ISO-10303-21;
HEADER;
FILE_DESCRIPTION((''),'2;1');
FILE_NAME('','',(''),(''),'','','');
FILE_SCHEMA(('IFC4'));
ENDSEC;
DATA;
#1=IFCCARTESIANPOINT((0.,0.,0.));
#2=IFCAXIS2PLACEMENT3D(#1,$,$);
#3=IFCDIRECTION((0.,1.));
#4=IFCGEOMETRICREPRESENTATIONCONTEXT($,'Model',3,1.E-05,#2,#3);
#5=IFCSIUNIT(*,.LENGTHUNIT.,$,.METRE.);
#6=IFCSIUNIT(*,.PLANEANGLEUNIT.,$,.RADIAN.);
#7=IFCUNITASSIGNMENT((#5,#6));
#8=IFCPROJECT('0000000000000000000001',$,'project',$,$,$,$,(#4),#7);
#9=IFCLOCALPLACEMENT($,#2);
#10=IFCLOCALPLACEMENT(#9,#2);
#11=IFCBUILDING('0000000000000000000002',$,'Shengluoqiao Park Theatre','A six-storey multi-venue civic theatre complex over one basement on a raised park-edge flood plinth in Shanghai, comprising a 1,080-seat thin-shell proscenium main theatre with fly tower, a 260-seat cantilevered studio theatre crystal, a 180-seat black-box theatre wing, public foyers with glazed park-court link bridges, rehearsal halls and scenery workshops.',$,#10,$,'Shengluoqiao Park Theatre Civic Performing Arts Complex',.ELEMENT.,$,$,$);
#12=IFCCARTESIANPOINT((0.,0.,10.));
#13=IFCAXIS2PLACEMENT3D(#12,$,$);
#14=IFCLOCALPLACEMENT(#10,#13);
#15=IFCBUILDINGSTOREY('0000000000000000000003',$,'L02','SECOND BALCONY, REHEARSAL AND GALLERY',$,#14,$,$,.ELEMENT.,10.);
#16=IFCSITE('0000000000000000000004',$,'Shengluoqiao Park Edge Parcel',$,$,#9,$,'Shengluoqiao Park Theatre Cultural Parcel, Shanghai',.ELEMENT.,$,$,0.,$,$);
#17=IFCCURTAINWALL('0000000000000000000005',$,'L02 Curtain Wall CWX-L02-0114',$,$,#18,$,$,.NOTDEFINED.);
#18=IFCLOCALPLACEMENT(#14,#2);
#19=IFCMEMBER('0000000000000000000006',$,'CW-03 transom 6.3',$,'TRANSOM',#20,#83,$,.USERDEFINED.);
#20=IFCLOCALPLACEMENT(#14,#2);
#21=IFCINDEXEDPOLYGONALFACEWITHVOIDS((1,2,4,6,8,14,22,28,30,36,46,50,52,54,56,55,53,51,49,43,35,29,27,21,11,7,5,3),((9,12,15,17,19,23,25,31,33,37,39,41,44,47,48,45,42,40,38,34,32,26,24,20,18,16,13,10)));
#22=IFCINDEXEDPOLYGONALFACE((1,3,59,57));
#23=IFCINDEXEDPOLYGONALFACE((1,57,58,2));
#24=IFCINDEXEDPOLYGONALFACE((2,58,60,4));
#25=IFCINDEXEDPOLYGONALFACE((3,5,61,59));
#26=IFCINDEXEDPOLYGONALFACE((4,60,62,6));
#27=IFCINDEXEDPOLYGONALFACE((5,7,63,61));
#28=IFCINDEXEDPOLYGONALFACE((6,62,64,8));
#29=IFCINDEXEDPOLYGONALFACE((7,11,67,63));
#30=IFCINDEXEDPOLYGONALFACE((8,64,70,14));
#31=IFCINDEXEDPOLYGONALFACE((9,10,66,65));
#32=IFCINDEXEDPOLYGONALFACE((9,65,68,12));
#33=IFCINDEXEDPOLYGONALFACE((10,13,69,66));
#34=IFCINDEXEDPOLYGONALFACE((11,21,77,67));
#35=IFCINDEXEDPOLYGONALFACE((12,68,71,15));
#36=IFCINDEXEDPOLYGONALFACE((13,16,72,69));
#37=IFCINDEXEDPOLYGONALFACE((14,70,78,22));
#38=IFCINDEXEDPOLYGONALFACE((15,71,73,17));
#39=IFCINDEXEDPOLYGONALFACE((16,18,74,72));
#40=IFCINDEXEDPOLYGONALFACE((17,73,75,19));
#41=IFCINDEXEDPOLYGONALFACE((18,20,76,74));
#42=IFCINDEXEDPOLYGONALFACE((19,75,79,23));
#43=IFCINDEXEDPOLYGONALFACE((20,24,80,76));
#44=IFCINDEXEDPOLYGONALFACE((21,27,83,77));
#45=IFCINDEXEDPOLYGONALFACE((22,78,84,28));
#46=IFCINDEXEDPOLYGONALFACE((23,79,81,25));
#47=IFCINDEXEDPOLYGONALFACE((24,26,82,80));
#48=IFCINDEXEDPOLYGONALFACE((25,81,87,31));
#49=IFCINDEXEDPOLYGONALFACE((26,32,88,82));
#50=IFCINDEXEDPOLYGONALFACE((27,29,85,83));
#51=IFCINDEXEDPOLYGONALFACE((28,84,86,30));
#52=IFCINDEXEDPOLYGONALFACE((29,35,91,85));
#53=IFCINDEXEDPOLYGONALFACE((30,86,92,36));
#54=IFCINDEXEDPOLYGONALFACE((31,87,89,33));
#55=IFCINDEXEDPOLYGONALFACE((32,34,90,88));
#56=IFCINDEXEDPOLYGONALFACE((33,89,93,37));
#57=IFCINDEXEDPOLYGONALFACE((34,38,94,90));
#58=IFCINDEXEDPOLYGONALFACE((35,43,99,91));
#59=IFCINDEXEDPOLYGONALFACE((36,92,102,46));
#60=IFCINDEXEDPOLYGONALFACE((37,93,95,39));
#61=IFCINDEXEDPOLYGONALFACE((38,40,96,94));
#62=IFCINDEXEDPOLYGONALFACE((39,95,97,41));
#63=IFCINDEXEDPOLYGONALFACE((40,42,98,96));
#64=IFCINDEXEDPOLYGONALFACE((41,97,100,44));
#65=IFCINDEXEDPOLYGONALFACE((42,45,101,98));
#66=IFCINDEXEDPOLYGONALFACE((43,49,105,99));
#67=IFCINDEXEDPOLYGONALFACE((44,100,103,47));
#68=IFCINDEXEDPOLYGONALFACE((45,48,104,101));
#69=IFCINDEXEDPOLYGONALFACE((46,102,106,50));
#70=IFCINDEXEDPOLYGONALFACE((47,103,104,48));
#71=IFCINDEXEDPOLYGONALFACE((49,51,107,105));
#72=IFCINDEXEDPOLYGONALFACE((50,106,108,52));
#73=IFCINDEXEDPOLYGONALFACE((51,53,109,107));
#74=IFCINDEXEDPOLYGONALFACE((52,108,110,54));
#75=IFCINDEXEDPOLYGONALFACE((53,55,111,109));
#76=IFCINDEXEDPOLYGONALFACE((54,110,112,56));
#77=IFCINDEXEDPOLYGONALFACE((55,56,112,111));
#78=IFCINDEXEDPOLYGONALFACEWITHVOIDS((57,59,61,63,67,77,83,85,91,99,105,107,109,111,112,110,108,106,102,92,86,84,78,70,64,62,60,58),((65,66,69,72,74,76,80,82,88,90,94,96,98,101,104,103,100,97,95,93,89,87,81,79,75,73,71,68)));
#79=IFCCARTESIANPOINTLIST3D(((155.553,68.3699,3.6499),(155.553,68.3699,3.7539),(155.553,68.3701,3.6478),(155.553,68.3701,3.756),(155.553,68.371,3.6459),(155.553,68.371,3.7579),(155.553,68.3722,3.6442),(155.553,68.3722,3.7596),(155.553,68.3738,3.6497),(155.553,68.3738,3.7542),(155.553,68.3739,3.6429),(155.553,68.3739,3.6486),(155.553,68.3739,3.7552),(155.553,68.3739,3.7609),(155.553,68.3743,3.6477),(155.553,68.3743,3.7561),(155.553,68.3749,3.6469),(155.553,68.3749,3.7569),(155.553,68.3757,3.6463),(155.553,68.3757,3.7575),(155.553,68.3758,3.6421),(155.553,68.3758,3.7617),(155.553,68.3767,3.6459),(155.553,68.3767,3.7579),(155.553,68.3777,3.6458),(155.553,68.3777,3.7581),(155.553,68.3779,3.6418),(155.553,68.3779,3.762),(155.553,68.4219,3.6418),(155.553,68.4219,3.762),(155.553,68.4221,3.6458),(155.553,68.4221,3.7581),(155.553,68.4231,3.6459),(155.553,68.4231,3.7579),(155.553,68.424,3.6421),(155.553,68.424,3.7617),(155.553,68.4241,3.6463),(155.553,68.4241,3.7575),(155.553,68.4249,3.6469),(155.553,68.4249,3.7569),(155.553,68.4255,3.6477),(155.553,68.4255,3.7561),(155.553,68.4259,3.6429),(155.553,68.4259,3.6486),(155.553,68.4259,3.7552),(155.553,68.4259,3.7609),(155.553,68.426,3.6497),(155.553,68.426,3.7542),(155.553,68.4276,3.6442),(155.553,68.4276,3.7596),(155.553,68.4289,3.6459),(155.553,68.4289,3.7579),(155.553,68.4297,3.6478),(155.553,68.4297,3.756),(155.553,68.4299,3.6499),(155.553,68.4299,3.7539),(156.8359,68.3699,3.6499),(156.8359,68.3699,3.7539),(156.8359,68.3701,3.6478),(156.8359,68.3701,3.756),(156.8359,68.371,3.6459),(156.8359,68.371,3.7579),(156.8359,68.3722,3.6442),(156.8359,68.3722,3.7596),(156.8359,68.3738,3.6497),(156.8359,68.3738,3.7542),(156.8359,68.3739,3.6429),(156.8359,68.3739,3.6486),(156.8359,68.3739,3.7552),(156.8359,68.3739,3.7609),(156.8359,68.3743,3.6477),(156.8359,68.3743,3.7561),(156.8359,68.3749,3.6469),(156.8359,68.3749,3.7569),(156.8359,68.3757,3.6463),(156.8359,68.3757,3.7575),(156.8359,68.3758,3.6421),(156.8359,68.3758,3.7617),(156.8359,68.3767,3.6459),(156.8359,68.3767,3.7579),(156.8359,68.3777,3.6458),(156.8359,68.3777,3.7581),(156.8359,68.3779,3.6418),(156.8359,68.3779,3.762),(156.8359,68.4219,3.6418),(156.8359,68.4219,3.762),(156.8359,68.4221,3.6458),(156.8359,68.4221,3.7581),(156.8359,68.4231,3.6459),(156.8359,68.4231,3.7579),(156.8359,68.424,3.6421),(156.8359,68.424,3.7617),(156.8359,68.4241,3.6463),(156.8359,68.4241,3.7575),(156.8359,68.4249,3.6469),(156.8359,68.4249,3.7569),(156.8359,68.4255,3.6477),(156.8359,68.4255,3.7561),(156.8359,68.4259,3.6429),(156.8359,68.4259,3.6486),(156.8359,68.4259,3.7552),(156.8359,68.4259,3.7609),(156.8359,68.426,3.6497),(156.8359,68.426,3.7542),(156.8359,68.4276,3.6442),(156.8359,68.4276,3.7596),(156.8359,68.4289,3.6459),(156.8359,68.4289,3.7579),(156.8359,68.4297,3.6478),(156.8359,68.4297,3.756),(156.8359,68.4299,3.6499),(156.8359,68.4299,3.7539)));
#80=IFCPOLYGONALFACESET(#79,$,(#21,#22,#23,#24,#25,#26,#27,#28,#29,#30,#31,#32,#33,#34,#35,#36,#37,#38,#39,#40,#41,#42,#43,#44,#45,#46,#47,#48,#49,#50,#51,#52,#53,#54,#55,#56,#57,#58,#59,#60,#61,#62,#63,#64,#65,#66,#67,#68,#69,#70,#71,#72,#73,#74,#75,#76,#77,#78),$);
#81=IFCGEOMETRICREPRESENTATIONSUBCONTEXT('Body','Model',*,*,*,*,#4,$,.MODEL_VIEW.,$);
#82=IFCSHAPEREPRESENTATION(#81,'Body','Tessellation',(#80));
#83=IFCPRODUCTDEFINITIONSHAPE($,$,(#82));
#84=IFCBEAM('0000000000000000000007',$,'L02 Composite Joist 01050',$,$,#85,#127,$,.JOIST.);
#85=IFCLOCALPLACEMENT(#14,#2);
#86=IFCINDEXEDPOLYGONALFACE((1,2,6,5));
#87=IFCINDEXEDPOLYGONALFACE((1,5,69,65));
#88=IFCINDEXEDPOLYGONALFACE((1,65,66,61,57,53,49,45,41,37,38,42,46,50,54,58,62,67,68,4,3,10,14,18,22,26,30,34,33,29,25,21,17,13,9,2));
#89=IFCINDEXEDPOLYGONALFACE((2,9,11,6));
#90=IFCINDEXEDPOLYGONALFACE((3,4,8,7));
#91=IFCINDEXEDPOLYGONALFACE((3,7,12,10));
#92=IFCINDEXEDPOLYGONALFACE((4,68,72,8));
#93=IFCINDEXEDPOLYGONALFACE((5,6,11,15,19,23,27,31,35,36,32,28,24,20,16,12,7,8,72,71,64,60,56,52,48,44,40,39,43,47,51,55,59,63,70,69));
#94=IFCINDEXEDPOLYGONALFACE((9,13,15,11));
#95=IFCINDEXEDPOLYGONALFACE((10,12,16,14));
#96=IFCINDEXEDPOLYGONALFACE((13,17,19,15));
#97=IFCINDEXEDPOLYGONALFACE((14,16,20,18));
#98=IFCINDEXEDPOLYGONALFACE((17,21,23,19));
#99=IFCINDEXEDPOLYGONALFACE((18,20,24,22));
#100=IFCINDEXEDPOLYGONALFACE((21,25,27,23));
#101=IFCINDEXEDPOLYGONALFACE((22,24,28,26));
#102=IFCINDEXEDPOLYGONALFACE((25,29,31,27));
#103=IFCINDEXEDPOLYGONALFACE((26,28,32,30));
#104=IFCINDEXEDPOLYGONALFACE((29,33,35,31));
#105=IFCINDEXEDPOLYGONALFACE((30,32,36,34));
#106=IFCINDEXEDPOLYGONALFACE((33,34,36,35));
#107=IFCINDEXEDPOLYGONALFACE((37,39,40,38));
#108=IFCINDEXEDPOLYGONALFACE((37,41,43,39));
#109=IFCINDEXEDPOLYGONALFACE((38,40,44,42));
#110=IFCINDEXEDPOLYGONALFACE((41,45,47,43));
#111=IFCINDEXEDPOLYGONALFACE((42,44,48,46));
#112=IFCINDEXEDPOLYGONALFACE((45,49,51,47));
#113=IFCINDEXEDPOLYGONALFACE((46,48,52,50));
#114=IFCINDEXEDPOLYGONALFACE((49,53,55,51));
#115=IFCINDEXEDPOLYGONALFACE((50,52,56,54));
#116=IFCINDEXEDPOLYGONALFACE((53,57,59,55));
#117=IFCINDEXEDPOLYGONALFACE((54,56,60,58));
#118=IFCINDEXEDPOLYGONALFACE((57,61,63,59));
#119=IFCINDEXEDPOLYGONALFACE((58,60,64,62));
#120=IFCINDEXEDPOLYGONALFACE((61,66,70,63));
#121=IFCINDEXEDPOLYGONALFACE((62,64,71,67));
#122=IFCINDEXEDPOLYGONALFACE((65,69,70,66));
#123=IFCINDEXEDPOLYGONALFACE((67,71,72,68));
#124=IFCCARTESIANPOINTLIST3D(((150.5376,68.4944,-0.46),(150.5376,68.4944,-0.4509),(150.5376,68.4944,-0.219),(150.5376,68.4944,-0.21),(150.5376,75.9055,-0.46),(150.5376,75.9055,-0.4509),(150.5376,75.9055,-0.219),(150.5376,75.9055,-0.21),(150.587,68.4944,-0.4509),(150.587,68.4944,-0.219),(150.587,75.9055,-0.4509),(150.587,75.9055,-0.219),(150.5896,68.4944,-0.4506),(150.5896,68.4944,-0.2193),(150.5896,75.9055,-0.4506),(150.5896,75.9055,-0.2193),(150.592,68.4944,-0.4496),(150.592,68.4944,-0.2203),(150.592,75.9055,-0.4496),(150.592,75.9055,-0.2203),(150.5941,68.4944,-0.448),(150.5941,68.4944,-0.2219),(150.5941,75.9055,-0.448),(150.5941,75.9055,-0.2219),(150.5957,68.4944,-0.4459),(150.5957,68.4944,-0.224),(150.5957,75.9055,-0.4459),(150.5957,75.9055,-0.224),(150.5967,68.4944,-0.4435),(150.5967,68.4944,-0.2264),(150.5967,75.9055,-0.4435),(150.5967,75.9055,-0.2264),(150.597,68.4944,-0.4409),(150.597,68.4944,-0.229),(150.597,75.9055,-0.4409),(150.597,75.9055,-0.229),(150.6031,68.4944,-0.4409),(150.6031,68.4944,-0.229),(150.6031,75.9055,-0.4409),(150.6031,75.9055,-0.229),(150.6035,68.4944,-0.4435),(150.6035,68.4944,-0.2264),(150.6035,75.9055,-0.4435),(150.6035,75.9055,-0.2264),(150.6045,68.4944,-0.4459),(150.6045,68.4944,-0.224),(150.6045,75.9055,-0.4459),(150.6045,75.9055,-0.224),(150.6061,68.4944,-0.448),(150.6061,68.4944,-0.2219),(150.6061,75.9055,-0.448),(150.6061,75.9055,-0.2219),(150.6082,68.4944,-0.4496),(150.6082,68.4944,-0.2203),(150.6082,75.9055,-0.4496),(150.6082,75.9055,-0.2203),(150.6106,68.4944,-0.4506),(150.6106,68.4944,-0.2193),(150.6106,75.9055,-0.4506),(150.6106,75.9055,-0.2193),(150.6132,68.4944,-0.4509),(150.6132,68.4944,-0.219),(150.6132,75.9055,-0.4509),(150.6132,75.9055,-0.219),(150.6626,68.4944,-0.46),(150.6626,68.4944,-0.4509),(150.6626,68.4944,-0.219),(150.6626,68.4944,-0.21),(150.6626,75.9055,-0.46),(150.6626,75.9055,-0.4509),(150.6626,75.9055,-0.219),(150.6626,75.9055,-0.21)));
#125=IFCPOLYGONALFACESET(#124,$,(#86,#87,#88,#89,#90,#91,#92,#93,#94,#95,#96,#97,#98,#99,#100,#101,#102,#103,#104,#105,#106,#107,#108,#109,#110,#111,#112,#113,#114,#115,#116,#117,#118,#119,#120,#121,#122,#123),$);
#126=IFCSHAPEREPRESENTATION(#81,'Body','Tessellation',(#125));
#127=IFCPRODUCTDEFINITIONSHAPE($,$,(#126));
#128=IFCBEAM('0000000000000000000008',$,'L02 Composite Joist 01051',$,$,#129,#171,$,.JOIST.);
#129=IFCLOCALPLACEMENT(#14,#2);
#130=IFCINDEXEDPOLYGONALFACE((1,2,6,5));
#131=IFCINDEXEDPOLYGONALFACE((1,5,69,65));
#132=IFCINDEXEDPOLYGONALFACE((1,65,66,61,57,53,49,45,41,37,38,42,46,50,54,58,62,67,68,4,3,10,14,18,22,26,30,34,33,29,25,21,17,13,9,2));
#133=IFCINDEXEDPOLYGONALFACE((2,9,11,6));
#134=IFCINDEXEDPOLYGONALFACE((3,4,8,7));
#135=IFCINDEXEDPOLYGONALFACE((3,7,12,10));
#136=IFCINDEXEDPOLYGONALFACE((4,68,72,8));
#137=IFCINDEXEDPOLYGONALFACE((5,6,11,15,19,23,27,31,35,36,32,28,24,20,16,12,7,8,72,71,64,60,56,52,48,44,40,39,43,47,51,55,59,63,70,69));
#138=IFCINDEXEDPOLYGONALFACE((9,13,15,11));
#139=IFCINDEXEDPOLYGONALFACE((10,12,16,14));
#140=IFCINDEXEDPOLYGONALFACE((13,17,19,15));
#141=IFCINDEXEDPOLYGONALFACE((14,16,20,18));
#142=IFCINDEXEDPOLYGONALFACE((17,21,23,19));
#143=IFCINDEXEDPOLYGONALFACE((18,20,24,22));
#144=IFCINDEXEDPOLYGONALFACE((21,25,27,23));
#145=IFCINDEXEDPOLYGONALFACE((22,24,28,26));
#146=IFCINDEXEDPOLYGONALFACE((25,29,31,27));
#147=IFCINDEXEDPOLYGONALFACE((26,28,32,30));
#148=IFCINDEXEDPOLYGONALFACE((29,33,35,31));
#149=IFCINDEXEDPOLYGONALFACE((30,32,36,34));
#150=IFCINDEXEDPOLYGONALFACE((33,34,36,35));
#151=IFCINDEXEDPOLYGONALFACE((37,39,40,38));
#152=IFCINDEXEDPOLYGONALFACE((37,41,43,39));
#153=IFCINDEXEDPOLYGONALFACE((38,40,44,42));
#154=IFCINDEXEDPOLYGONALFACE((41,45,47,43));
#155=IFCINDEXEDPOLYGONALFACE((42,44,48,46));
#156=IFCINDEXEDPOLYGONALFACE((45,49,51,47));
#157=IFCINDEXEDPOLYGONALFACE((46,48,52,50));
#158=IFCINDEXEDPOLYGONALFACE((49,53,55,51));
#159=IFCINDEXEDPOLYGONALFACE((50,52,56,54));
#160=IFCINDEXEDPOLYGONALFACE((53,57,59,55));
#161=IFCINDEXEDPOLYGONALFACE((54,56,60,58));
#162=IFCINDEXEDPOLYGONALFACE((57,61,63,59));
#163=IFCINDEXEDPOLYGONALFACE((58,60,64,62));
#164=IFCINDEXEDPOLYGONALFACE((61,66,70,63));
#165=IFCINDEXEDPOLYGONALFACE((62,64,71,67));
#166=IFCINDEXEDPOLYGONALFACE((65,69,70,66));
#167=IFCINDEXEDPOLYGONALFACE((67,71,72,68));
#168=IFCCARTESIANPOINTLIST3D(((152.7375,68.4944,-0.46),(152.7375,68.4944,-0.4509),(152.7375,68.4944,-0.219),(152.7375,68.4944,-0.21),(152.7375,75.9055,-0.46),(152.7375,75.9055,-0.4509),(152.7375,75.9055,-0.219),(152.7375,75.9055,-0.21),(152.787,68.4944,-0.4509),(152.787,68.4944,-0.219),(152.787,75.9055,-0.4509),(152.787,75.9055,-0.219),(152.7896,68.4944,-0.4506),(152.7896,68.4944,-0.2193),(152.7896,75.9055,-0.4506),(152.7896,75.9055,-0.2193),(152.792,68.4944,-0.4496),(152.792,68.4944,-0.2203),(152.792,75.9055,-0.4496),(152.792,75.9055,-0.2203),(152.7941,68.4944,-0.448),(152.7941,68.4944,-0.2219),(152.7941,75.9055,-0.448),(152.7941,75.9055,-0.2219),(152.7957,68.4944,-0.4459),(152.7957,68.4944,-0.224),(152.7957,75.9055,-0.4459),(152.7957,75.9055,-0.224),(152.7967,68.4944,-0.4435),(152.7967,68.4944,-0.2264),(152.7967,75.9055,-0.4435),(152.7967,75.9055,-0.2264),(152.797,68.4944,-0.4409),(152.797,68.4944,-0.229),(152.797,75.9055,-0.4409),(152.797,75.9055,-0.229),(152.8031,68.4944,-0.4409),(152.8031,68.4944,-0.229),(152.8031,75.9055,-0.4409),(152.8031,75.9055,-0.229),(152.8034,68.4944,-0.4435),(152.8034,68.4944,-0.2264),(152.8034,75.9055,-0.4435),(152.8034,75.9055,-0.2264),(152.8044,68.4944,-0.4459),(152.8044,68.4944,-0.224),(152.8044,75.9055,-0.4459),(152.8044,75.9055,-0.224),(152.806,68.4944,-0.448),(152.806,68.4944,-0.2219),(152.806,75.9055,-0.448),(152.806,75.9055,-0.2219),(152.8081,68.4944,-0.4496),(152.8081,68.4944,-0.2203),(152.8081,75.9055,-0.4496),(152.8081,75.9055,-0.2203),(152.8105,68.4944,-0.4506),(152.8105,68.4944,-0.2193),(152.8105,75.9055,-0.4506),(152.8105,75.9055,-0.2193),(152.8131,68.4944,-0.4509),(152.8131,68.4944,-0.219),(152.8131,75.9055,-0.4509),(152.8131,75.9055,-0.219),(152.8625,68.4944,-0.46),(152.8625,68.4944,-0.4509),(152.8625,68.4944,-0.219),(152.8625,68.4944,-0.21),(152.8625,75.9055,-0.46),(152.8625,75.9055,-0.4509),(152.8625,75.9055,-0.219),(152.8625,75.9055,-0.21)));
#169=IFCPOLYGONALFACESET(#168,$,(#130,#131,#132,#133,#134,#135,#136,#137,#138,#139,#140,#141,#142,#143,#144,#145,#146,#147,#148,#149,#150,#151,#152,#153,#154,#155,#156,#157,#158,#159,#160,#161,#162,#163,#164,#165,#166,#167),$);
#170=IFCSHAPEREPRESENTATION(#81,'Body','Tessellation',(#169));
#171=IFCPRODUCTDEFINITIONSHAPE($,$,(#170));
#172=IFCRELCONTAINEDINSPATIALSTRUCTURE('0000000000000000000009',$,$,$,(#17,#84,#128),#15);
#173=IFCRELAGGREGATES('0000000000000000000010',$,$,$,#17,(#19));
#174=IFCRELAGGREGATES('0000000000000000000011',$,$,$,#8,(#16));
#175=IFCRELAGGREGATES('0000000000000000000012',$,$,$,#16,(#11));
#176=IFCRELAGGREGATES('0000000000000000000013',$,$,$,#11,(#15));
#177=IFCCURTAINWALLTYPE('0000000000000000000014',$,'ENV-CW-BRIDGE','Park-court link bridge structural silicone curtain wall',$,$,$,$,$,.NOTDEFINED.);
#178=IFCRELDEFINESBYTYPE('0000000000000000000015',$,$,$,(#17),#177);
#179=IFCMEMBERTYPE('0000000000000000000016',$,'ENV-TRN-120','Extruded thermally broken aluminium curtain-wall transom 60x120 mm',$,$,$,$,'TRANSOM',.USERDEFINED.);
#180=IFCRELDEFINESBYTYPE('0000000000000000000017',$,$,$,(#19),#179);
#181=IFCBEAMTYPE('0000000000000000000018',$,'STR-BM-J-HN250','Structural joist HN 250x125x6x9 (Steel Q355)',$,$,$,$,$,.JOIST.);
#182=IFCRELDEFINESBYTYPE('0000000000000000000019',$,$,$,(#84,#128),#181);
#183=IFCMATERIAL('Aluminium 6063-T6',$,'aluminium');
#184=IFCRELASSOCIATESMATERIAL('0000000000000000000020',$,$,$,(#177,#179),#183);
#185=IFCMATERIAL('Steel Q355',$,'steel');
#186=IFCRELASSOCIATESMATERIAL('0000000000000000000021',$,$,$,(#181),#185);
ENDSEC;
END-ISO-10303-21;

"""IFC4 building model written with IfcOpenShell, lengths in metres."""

from ifc_helpers import new_model, si_unit, direction, frame, origin, origin_2d, place, context, subcontext, project, spatial, hollow_rectangle, i_section, extrude, material, material_profile, profile_set, type_object, element, aggregate, save


model = new_model("IFC4")

# Units and contexts
model_context = context("Model", 3, precision=1e-05, world=origin(), true_north=direction((0.0, 1.0)))
body_context = subcontext(model_context, "Body", "Model", "MODEL_VIEW")
ifc_project = project(units=[si_unit("LENGTHUNIT", "METRE"), si_unit("PLANEANGLEUNIT", "RADIAN")], contexts=[model_context])

# Site, building, storey
site_placement = place(None, origin())
site = spatial("IfcSite", under=ifc_project, at=site_placement, Name="Shengluoqiao Park Edge Parcel", LongName="Shengluoqiao Park Theatre Cultural Parcel, Shanghai", CompositionType="ELEMENT", RefElevation=0.0)
building_placement = place(site_placement, origin())
building = spatial("IfcBuilding", under=site, at=building_placement, Name="Shengluoqiao Park Theatre", Description="A six-storey multi-venue civic theatre complex over one basement on a raised park-edge flood plinth in Shanghai, comprising a 1,080-seat thin-shell proscenium main theatre with fly tower, a 260-seat cantilevered studio theatre crystal, a 180-seat black-box theatre wing, public foyers with glazed park-court link bridges, rehearsal halls and scenery workshops.", LongName="Shengluoqiao Park Theatre Civic Performing Arts Complex", CompositionType="ELEMENT")
storey_placement = place(building_placement, frame((0.0, 0.0, 10.0)))
storey = spatial("IfcBuildingStorey", under=building, at=storey_placement, Name="L02", Description="SECOND BALCONY, REHEARSAL AND GALLERY", CompositionType="ELEMENT", Elevation=10.0)

# Curtain wall, member
ifc_material_1 = material(Name="Aluminium 6063-T6", Category="aluminium")
curtain_wall_type = type_object("IfcCurtainWallType", Name="ENV-CW-BRIDGE", Description="Park-court link bridge structural silicone curtain wall", PredefinedType="NOTDEFINED", material=ifc_material_1)
curtain_wall_placement = place(storey_placement, origin())
curtain_wall = element("IfcCurtainWall", 1, at=curtain_wall_placement, inside=storey, type_object=curtain_wall_type, Name="L02 Curtain Wall CWX-L02-0114", PredefinedType="NOTDEFINED")
ifc_material_profile_1 = material_profile(ifc_material_1, hollow_rectangle(XDim=0.0601, YDim=0.1201, WallThickness=0.0039, InnerFilletRadius=0.0039, OuterFilletRadius=0.0081, at=origin_2d()), Name="ALU TRANSOM 120x60x4")
ifc_profile_set_1 = profile_set([ifc_material_profile_1], Name="Aluminium 6063-T6")
member_type_1 = type_object("IfcMemberType", Name="ENV-TRN-120", Description="Extruded thermally broken aluminium curtain-wall transom 60x120 mm", ElementType="TRANSOM", PredefinedType="USERDEFINED", material=ifc_profile_set_1)
member_1_placement = place(storey_placement, frame((155.553, 68.3999, 3.7019), z_axis=(1.0, 0.0, 0.0), x_axis=(0.0, 1.0, 0.0)))
member_1 = element("IfcMember", 2, at=member_1_placement, type_object=member_type_1, Name="CW-03 transom 6.3", ObjectType="TRANSOM", PredefinedType="USERDEFINED", context=body_context, shape_type="SweptSolid", body=[
    extrude(hollow_rectangle(XDim=0.0601, YDim=0.1201, WallThickness=0.0039, InnerFilletRadius=0.0039, OuterFilletRadius=0.0081, at=origin_2d()), origin(), (0.0, 0.0, 1.0), 1.283),
])

# Beams
ifc_material_2 = material(Name="Steel Q355", Category="steel")
ifc_material_profile_2 = material_profile(ifc_material_2, i_section(OverallWidth=0.125, OverallDepth=0.25, WebThickness=0.0061, FlangeThickness=0.009, FilletRadius=0.01, at=origin_2d()), Name="HN 250x125x6x9")
ifc_profile_set_2 = profile_set([ifc_material_profile_2], Name="Steel Q355")
beam_type = type_object("IfcBeamType", Name="STR-BM-J-HN250", Description="Structural joist HN 250x125x6x9 (Steel Q355)", PredefinedType="JOIST", material=ifc_profile_set_2)
for number, where, z_axis, x_axis, name in (
    (3, (150.6001, 68.4944, -0.335), (0.0, 1.0, 0.0), (-1.0, 0.0, 0.0), "L02 Composite Joist 01050"),
    (4, (152.8, 68.4944, -0.335), (0.0, 1.0, 0.0), (-1.0, 0.0, 0.0), "L02 Composite Joist 01051"),
):
    element("IfcBeam", number, at=place(storey_placement, frame(where, z_axis=z_axis, x_axis=x_axis)), inside=storey, type_object=beam_type, Name=name, PredefinedType="JOIST", context=body_context, shape_type="SweptSolid", body=[
        extrude(i_section(OverallWidth=0.125, OverallDepth=0.25, WebThickness=0.0061, FlangeThickness=0.009, FilletRadius=0.01, at=origin_2d()), origin(), (0.0, 0.0, 1.0), 7.4111),
    ])

aggregate(curtain_wall, [member_1])

save(model, "model.ifc")
